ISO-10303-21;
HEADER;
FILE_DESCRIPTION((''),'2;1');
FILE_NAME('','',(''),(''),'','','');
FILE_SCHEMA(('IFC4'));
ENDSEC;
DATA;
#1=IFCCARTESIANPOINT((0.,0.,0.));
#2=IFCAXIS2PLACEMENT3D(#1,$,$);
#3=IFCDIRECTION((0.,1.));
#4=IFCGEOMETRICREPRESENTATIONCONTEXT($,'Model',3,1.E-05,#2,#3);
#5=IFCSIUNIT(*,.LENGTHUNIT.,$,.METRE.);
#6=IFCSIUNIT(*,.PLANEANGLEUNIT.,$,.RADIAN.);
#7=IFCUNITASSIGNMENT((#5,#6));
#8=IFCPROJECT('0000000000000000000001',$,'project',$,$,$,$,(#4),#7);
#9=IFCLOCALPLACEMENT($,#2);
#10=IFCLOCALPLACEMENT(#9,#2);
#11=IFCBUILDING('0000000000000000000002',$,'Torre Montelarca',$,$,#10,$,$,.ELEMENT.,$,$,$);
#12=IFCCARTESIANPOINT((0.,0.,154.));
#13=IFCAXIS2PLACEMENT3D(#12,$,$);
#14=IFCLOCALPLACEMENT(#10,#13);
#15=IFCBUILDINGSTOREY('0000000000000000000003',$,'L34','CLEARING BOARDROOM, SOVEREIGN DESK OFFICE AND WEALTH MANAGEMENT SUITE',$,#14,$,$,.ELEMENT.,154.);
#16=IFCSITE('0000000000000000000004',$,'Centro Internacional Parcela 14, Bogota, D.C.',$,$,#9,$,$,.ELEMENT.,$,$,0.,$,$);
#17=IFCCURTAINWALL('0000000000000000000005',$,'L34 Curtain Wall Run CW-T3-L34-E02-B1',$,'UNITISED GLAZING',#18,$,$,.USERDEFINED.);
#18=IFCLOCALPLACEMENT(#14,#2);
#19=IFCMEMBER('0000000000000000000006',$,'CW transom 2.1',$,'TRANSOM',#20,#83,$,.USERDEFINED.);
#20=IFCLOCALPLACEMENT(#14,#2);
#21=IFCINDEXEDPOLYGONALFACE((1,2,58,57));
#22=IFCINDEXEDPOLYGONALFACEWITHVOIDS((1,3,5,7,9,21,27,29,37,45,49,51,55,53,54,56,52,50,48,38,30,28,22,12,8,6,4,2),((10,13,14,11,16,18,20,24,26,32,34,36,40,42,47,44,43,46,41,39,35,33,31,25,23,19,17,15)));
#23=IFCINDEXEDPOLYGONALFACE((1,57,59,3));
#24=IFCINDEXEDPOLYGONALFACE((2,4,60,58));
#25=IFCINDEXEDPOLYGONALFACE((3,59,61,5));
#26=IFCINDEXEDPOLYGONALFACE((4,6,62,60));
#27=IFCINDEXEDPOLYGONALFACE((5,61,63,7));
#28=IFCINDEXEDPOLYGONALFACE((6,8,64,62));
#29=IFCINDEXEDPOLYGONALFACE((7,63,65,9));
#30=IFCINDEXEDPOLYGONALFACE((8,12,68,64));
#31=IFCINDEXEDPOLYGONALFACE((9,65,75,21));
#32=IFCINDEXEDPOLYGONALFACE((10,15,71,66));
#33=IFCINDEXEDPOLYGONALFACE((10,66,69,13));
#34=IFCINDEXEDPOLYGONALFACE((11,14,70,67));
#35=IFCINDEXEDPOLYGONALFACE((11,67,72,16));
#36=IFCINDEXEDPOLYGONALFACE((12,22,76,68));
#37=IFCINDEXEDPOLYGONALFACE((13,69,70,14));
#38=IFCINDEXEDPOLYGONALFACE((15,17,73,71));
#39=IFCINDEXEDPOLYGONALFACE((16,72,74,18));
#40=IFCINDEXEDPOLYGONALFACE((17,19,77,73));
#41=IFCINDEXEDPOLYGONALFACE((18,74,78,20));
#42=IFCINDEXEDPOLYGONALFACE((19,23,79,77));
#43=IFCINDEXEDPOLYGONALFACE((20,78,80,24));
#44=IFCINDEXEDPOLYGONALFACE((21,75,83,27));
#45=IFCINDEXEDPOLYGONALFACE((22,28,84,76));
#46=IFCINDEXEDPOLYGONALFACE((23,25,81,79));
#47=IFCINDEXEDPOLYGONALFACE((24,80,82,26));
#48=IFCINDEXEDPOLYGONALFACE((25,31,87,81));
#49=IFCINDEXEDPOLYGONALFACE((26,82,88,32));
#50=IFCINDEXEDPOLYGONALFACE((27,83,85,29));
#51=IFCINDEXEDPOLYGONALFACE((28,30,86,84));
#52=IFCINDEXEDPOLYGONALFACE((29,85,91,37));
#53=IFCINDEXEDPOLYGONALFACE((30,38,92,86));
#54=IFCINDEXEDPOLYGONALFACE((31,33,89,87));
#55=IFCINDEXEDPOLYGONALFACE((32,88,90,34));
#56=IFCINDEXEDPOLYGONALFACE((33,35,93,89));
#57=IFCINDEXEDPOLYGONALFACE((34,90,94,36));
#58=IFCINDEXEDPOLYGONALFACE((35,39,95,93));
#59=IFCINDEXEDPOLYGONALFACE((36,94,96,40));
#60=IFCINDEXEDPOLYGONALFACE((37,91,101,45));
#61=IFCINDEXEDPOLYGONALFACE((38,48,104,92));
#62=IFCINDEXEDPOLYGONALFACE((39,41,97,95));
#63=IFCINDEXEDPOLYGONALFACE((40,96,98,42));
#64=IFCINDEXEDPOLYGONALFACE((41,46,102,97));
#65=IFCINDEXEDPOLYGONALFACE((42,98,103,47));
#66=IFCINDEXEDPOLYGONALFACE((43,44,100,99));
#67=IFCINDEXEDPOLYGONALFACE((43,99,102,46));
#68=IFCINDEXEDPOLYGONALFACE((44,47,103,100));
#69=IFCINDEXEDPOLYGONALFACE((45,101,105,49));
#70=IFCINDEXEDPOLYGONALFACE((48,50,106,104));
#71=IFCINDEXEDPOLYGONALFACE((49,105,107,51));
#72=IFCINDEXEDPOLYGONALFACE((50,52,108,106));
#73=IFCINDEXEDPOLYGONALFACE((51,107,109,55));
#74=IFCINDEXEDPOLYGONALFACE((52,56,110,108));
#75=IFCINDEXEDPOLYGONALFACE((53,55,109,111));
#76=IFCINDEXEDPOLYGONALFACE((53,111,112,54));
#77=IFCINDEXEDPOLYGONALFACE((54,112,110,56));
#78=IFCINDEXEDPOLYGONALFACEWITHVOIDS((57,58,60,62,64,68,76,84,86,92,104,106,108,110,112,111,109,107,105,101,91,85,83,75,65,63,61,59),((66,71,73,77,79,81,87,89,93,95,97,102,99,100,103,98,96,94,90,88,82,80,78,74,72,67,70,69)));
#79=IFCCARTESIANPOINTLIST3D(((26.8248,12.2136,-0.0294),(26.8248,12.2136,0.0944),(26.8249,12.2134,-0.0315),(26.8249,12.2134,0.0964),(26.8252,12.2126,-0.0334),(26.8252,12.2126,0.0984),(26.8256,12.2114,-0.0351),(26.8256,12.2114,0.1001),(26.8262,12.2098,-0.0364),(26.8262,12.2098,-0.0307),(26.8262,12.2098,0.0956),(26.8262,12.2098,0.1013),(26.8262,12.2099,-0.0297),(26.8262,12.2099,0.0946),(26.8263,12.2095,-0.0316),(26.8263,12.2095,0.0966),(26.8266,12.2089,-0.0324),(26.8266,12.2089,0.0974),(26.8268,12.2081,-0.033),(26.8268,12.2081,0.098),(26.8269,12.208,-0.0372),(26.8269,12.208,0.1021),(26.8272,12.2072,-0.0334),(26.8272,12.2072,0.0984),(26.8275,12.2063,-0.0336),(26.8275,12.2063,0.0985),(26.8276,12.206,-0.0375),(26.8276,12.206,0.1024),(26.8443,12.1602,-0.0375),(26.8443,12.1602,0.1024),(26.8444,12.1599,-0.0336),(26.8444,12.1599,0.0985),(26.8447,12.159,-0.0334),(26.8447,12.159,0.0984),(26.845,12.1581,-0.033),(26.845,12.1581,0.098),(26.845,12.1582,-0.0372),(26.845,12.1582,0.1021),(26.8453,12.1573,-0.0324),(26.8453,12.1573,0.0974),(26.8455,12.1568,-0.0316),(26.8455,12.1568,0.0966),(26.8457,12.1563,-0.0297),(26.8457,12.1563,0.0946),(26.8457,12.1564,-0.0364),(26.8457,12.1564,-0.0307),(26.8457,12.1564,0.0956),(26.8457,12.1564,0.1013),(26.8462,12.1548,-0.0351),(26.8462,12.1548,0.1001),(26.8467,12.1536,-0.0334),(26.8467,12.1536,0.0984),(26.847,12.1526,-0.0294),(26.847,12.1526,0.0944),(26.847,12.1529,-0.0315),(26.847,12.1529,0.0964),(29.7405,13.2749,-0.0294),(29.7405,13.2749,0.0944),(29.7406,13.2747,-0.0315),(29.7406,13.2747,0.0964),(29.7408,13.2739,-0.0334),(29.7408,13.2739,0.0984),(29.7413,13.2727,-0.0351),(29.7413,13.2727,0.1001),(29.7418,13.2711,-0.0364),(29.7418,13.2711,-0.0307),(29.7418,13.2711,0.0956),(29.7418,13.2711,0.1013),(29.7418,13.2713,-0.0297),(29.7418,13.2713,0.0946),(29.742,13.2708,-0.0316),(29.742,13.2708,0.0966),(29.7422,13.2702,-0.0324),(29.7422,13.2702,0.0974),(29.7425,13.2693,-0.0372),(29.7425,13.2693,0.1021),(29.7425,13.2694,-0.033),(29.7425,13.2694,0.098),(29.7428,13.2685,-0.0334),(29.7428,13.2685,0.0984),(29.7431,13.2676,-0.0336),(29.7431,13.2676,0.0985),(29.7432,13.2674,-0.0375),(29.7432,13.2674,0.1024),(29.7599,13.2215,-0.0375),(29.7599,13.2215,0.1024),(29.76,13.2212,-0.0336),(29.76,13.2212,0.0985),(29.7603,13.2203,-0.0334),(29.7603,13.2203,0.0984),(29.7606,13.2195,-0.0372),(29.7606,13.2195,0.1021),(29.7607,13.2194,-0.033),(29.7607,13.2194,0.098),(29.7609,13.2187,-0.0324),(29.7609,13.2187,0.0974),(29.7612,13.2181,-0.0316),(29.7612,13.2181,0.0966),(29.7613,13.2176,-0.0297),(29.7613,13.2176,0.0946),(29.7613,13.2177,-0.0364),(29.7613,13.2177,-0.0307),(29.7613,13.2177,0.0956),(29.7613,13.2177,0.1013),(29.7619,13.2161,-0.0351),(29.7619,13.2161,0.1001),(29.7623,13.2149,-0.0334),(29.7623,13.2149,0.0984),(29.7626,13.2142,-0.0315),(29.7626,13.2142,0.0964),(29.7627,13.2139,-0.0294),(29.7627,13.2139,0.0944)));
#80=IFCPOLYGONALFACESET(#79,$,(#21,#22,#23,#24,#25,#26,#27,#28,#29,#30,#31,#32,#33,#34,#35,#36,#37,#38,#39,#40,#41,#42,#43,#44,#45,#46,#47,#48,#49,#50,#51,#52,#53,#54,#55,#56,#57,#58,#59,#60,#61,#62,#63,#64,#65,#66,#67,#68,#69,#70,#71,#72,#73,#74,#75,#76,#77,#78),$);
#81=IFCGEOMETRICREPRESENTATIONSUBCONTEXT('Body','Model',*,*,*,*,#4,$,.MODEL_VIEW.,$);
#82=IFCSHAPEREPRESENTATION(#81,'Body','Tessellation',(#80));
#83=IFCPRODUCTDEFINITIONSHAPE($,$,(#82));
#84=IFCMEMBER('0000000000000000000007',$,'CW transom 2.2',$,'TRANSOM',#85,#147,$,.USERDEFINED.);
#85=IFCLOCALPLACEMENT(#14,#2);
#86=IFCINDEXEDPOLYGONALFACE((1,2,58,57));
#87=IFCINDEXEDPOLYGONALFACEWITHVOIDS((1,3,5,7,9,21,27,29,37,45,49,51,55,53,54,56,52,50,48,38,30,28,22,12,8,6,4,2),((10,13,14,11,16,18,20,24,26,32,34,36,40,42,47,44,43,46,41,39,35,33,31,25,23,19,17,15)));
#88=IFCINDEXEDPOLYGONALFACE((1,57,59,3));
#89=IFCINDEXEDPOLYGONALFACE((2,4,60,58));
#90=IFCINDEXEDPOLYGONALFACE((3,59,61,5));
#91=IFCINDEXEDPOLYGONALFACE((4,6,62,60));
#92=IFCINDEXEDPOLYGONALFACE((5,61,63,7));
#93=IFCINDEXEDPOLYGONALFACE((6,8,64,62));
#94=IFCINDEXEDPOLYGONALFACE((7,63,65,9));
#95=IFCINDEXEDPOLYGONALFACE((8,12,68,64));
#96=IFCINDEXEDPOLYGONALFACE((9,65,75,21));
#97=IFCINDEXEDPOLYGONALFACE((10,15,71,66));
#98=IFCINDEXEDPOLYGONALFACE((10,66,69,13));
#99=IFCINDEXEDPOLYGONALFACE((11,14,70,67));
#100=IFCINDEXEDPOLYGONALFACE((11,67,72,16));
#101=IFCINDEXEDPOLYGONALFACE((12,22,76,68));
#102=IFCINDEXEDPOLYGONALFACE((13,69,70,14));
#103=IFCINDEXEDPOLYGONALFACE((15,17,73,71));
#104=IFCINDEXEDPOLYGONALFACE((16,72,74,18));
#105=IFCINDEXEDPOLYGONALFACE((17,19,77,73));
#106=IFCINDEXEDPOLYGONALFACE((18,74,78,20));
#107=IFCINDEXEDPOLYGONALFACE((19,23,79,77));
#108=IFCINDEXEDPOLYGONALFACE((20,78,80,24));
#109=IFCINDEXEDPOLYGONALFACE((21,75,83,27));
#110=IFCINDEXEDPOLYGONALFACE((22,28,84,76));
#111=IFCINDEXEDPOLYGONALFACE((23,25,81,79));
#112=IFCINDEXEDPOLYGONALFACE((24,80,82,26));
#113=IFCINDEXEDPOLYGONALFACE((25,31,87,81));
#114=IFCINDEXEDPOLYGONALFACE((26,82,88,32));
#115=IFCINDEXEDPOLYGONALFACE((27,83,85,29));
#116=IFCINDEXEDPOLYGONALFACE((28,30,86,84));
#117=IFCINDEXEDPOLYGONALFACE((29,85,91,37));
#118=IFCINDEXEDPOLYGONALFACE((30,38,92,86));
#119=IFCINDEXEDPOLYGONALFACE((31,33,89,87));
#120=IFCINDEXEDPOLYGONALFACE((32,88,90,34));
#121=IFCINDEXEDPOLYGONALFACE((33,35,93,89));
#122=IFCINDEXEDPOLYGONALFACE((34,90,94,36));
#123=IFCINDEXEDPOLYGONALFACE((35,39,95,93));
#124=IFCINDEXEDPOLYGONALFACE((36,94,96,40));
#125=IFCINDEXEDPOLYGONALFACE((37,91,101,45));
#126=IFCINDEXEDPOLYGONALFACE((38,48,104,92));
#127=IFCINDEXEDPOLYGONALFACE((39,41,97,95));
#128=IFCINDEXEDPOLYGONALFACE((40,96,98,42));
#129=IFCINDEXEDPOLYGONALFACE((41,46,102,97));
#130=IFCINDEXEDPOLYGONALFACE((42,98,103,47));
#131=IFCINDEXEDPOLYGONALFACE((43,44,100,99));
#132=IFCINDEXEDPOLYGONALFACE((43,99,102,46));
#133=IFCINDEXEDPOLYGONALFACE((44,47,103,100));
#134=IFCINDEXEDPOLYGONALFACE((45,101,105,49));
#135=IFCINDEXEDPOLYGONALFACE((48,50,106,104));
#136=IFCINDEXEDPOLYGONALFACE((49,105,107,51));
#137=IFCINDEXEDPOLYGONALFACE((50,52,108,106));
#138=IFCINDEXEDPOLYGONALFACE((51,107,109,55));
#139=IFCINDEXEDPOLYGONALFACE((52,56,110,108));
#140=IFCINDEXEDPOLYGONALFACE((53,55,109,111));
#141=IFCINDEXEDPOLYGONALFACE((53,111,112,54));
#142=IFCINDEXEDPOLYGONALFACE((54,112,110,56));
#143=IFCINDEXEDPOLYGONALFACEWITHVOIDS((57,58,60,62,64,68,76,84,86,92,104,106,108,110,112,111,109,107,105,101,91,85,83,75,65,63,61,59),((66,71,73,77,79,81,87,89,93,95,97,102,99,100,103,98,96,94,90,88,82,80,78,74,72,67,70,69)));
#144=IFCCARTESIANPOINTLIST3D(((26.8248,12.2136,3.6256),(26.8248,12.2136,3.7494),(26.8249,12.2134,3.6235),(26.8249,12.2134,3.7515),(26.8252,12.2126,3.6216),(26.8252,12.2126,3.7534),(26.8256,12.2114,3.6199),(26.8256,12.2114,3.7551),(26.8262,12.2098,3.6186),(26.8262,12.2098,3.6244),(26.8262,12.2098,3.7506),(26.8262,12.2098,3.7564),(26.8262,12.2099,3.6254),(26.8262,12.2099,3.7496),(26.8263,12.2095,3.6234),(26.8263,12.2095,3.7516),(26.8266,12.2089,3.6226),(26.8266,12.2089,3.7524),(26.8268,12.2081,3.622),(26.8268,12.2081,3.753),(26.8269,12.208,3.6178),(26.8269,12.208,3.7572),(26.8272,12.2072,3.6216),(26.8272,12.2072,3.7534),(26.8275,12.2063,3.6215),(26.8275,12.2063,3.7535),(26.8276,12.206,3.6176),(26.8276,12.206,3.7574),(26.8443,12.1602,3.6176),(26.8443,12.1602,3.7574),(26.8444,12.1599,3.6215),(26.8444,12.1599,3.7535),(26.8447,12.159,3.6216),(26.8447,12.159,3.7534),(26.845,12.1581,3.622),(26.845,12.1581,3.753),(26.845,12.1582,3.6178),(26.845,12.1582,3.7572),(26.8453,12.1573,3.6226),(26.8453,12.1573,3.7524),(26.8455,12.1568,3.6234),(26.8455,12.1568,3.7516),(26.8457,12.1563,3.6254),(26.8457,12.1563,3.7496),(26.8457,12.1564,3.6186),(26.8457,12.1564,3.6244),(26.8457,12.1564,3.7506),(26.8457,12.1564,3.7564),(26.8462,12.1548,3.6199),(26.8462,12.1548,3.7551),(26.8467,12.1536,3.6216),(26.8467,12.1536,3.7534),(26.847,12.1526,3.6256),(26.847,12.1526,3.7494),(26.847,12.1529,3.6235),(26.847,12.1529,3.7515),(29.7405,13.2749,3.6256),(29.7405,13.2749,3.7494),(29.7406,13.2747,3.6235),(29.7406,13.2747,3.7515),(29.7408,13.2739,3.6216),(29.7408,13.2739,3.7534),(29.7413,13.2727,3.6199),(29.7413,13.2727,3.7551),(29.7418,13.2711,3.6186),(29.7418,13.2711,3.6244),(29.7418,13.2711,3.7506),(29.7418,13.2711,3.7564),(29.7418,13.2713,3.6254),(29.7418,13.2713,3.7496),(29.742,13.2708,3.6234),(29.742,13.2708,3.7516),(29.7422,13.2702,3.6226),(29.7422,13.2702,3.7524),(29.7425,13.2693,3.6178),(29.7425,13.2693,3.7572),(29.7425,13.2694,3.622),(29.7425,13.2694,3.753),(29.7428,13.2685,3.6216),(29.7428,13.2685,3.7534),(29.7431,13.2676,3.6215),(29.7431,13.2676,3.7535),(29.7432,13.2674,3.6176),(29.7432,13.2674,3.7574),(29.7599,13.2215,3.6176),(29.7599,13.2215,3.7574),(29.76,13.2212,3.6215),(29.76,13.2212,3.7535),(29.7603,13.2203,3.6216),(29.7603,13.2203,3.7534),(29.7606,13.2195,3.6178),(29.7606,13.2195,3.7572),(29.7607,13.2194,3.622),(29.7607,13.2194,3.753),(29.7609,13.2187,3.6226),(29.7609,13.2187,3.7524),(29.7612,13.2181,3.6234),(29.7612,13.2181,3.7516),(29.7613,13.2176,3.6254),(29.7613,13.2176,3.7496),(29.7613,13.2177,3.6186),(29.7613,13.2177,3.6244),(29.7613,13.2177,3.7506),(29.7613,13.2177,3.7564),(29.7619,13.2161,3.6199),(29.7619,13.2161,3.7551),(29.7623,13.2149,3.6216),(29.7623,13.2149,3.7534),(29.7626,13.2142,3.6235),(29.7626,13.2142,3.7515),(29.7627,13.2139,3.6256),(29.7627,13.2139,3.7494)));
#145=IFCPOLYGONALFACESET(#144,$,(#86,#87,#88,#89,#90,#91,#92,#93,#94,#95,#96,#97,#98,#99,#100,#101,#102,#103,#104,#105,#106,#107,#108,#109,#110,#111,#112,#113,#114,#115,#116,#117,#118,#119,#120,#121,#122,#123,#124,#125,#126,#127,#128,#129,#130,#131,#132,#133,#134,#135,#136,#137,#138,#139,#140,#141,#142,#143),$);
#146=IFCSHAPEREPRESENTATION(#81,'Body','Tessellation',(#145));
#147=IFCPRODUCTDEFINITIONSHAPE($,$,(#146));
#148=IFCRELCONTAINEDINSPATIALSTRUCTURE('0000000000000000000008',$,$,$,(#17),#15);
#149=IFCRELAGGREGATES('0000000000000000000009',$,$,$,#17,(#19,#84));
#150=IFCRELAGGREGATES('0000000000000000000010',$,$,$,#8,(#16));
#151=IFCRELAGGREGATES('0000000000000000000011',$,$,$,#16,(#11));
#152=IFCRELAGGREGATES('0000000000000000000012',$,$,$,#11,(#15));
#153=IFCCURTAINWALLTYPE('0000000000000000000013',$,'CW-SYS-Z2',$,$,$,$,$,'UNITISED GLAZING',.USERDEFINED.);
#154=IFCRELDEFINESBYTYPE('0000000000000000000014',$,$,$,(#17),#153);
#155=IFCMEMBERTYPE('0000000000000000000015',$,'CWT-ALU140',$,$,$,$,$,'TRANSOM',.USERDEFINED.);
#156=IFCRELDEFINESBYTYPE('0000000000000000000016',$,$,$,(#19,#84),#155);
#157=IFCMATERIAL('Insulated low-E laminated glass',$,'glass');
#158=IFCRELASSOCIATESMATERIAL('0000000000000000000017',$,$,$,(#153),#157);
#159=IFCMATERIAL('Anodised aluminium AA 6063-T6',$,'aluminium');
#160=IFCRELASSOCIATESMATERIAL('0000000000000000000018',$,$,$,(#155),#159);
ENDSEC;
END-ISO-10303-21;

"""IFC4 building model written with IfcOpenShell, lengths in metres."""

from ifc_helpers import new_model, si_unit, direction, frame, origin, origin_2d, place, context, subcontext, project, spatial, hollow_rectangle, extrude, source, transform, mapped, material, material_profile, profile_set, type_object, element, aggregate, save


model = new_model("IFC4")

# Units and contexts
model_context = context("Model", 3, precision=1e-05, world=origin(), true_north=direction((0.0, 1.0)))
body_context = subcontext(model_context, "Body", "Model", "MODEL_VIEW")
ifc_project = project(units=[si_unit("LENGTHUNIT", "METRE"), si_unit("PLANEANGLEUNIT", "RADIAN")], contexts=[model_context])

# Site, building, storey
site_placement = place(None, origin())
site = spatial("IfcSite", under=ifc_project, at=site_placement, Name="Centro Internacional Parcela 14, Bogota, D.C.", CompositionType="ELEMENT", RefElevation=0.0)
building_placement = place(site_placement, origin())
building = spatial("IfcBuilding", under=site, at=building_placement, Name="Torre Montelarca", CompositionType="ELEMENT")
storey_placement = place(building_placement, frame((0.0, 0.0, 154.0)))
storey = spatial("IfcBuildingStorey", under=building, at=storey_placement, Name="L34", Description="CLEARING BOARDROOM, SOVEREIGN DESK OFFICE AND WEALTH MANAGEMENT SUITE", CompositionType="ELEMENT", Elevation=154.0)

# Curtain wall, members
ifc_material_1 = material(Name="Insulated low-E laminated glass", Category="glass")
curtain_wall_type = type_object("IfcCurtainWallType", Name="CW-SYS-Z2", ElementType="UNITISED GLAZING", PredefinedType="USERDEFINED", material=ifc_material_1)
curtain_wall_1_placement = place(storey_placement, origin())
curtain_wall_1 = element("IfcCurtainWall", 1, at=curtain_wall_1_placement, inside=storey, type_object=curtain_wall_type, Name="L34 Curtain Wall Run CW-T3-L34-E02-B1", ObjectType="UNITISED GLAZING", PredefinedType="USERDEFINED")
ifc_material_2 = material(Name="Anodised aluminium AA 6063-T6", Category="aluminium")
ifc_material_profile_1 = material_profile(ifc_material_2, hollow_rectangle(XDim=0.0649, YDim=0.1399, WallThickness=0.0039, InnerFilletRadius=0.0039, OuterFilletRadius=0.0081, at=origin_2d()), Name="ALU65X140X4", Category="aluminium")
ifc_profile_set_1 = profile_set([ifc_material_profile_1], Name="Anodised aluminium AA 6063-T6")
member_type_1 = type_object("IfcMemberType", Name="CWT-ALU140", ElementType="TRANSOM", PredefinedType="USERDEFINED", material=ifc_profile_set_1)
shared_shape_1 = source(origin(), body_context, "Body", "SweptSolid", [
    extrude(hollow_rectangle(XDim=0.0649, YDim=0.1399, WallThickness=0.0039, InnerFilletRadius=0.0039, OuterFilletRadius=0.0081, at=origin_2d()), origin(), (0.0, 0.0, 1.0), 3.1028),
])
member_1_placement = place(storey_placement, frame((26.8359, 12.1831, 0.0325), z_axis=(0.939681, 0.342053, 0.0), x_axis=(-0.342053, 0.939681, 0.0)))
member_1 = element("IfcMember", 2, at=member_1_placement, type_object=member_type_1, Name="CW transom 2.1", ObjectType="TRANSOM", PredefinedType="USERDEFINED", context=body_context, shape_type="MappedRepresentation", body=[
    mapped(shared_shape_1, transform((0.0, 0.0, 0.0), scale=1.0)),
])
member_2_placement = place(storey_placement, frame((26.8359, 12.1831, 3.6875), z_axis=(0.939681, 0.342053, 0.0), x_axis=(-0.342053, 0.939681, 0.0)))
member_2 = element("IfcMember", 3, at=member_2_placement, type_object=member_type_1, Name="CW transom 2.2", ObjectType="TRANSOM", PredefinedType="USERDEFINED", context=body_context, shape_type="MappedRepresentation", body=[
    mapped(shared_shape_1, transform((0.0, 0.0, 0.0), scale=1.0)),
])

aggregate(curtain_wall_1, [member_1, member_2])

save(model, "model.ifc")
